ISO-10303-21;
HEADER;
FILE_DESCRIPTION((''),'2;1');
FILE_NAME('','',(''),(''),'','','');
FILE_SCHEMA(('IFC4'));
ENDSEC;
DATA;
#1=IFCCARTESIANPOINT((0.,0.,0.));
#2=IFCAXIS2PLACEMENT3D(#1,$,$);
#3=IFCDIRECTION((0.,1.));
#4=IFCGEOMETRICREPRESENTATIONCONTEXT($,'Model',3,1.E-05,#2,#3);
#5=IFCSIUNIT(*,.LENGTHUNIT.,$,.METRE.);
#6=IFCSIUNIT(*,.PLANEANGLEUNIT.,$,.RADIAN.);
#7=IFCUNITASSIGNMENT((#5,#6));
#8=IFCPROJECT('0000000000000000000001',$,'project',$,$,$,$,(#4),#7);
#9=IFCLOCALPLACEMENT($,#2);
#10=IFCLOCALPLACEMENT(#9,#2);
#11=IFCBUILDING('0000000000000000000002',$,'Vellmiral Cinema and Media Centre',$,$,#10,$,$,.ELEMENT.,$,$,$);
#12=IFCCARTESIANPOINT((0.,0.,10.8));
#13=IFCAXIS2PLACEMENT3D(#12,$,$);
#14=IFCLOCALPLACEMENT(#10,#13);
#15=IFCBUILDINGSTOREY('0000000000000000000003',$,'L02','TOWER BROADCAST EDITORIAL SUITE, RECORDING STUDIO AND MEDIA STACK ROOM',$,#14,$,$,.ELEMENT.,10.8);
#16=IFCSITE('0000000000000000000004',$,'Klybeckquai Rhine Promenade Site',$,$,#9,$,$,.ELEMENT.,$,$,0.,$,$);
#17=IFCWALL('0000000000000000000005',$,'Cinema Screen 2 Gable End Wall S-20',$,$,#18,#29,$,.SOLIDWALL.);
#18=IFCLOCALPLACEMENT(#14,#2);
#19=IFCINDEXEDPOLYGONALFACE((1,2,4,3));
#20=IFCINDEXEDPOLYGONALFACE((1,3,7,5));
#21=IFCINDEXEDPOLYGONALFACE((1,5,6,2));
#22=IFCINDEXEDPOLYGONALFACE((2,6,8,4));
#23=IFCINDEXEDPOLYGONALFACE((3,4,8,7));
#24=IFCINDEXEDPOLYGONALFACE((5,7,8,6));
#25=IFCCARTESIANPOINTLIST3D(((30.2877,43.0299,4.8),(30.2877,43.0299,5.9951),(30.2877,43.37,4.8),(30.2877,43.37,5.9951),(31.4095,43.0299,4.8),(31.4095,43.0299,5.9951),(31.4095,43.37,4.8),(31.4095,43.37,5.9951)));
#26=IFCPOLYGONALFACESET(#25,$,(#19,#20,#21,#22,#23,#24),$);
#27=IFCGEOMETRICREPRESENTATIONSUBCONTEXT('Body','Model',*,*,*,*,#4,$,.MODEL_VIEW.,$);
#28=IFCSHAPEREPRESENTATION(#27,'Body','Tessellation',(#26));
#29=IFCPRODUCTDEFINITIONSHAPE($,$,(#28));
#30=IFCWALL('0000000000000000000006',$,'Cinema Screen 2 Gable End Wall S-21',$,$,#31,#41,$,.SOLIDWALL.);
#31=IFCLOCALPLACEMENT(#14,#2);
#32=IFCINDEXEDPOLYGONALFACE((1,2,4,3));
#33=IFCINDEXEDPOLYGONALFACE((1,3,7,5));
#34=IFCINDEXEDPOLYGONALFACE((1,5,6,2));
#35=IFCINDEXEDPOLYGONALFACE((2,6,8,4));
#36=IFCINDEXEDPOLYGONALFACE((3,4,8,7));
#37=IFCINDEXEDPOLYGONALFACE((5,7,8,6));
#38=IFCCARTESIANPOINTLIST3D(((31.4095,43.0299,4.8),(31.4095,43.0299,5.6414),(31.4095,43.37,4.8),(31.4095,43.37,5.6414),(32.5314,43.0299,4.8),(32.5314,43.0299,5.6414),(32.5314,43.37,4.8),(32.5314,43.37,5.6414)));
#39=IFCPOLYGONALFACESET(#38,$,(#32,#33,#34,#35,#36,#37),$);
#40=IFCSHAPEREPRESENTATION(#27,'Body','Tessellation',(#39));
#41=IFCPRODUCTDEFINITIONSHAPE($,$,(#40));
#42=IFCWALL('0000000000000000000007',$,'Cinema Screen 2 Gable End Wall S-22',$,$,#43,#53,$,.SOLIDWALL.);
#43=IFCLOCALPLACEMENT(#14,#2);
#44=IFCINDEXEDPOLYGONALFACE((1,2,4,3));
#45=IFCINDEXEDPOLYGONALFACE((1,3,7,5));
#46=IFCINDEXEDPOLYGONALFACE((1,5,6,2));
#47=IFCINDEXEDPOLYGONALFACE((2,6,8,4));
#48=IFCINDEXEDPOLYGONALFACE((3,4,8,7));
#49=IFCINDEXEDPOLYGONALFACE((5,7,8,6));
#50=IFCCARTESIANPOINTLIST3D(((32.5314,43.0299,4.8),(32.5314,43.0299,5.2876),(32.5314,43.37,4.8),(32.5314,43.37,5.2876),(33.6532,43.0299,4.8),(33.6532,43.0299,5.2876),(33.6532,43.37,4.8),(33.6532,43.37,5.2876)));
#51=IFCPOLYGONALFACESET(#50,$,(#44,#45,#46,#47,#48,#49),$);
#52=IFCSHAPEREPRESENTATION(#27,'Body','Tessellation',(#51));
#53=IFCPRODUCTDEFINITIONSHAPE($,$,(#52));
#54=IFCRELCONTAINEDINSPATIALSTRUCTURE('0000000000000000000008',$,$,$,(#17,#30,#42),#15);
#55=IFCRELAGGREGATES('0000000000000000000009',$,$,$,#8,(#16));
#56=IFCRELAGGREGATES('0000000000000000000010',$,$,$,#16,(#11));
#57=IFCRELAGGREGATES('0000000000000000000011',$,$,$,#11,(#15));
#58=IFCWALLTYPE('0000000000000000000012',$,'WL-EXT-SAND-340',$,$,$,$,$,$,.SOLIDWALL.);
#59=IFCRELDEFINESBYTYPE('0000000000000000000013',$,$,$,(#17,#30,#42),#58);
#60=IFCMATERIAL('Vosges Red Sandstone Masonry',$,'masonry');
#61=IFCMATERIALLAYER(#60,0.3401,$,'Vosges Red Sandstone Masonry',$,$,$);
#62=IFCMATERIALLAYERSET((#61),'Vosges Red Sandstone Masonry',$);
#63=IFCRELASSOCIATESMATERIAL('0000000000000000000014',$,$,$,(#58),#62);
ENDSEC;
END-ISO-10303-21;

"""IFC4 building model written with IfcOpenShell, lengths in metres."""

from ifc_helpers import new_model, si_unit, direction, frame, frame_2d, origin, place, context, subcontext, project, spatial, rectangle, extrude, material, layer, layer_set, type_object, element, save


model = new_model("IFC4")

# Units and contexts
model_context = context("Model", 3, precision=1e-05, world=origin(), true_north=direction((0.0, 1.0)))
body_context = subcontext(model_context, "Body", "Model", "MODEL_VIEW")
ifc_project = project(units=[si_unit("LENGTHUNIT", "METRE"), si_unit("PLANEANGLEUNIT", "RADIAN")], contexts=[model_context])

# Site, building, storey
site_placement = place(None, origin())
site = spatial("IfcSite", under=ifc_project, at=site_placement, Name="Klybeckquai Rhine Promenade Site", CompositionType="ELEMENT", RefElevation=0.0)
building_placement = place(site_placement, origin())
building = spatial("IfcBuilding", under=site, at=building_placement, Name="Vellmiral Cinema and Media Centre", CompositionType="ELEMENT")
storey_placement = place(building_placement, frame((0.0, 0.0, 10.8)))
storey = spatial("IfcBuildingStorey", under=building, at=storey_placement, Name="L02", Description="TOWER BROADCAST EDITORIAL SUITE, RECORDING STUDIO AND MEDIA STACK ROOM", CompositionType="ELEMENT", Elevation=10.8)

# Walls
ifc_material_1 = material(Name="Vosges Red Sandstone Masonry", Category="masonry")
ifc_layer_1 = layer(ifc_material_1, 0.3401, Name="Vosges Red Sandstone Masonry")
ifc_layer_set_1 = layer_set([ifc_layer_1], Name="Vosges Red Sandstone Masonry")
wall_type_1 = type_object("IfcWallType", Name="WL-EXT-SAND-340", PredefinedType="SOLIDWALL", material=ifc_layer_set_1)
wall_1_placement = place(storey_placement, frame((30.2876, 43.2, 4.8), z_axis=(0.0, 0.0, 1.0), x_axis=(1.0, 0.0, 0.0)))
element("IfcWall", 1, at=wall_1_placement, inside=storey, type_object=wall_type_1, Name="Cinema Screen 2 Gable End Wall S-20", PredefinedType="SOLIDWALL", context=body_context, shape_type="SweptSolid", body=[
    extrude(rectangle(XDim=1.1218, YDim=0.3401, at=frame_2d((0.561, 0.0))), origin(), (0.0, 0.0, 1.0), 1.1951),
])
wall_2_placement = place(storey_placement, frame((31.4094, 43.2, 4.8), z_axis=(0.0, 0.0, 1.0), x_axis=(1.0, 0.0, 0.0)))
element("IfcWall", 2, at=wall_2_placement, inside=storey, type_object=wall_type_1, Name="Cinema Screen 2 Gable End Wall S-21", PredefinedType="SOLIDWALL", context=body_context, shape_type="SweptSolid", body=[
    extrude(rectangle(XDim=1.1218, YDim=0.3401, at=frame_2d((0.561, 0.0))), origin(), (0.0, 0.0, 1.0), 0.8413),
])
wall_3_placement = place(storey_placement, frame((32.5312, 43.2, 4.8), z_axis=(0.0, 0.0, 1.0), x_axis=(1.0, 0.0, 0.0)))
element("IfcWall", 3, at=wall_3_placement, inside=storey, type_object=wall_type_1, Name="Cinema Screen 2 Gable End Wall S-22", PredefinedType="SOLIDWALL", context=body_context, shape_type="SweptSolid", body=[
    extrude(rectangle(XDim=1.1218, YDim=0.3401, at=frame_2d((0.561, 0.0))), origin(), (0.0, 0.0, 1.0), 0.4875),
])

save(model, "model.ifc")
